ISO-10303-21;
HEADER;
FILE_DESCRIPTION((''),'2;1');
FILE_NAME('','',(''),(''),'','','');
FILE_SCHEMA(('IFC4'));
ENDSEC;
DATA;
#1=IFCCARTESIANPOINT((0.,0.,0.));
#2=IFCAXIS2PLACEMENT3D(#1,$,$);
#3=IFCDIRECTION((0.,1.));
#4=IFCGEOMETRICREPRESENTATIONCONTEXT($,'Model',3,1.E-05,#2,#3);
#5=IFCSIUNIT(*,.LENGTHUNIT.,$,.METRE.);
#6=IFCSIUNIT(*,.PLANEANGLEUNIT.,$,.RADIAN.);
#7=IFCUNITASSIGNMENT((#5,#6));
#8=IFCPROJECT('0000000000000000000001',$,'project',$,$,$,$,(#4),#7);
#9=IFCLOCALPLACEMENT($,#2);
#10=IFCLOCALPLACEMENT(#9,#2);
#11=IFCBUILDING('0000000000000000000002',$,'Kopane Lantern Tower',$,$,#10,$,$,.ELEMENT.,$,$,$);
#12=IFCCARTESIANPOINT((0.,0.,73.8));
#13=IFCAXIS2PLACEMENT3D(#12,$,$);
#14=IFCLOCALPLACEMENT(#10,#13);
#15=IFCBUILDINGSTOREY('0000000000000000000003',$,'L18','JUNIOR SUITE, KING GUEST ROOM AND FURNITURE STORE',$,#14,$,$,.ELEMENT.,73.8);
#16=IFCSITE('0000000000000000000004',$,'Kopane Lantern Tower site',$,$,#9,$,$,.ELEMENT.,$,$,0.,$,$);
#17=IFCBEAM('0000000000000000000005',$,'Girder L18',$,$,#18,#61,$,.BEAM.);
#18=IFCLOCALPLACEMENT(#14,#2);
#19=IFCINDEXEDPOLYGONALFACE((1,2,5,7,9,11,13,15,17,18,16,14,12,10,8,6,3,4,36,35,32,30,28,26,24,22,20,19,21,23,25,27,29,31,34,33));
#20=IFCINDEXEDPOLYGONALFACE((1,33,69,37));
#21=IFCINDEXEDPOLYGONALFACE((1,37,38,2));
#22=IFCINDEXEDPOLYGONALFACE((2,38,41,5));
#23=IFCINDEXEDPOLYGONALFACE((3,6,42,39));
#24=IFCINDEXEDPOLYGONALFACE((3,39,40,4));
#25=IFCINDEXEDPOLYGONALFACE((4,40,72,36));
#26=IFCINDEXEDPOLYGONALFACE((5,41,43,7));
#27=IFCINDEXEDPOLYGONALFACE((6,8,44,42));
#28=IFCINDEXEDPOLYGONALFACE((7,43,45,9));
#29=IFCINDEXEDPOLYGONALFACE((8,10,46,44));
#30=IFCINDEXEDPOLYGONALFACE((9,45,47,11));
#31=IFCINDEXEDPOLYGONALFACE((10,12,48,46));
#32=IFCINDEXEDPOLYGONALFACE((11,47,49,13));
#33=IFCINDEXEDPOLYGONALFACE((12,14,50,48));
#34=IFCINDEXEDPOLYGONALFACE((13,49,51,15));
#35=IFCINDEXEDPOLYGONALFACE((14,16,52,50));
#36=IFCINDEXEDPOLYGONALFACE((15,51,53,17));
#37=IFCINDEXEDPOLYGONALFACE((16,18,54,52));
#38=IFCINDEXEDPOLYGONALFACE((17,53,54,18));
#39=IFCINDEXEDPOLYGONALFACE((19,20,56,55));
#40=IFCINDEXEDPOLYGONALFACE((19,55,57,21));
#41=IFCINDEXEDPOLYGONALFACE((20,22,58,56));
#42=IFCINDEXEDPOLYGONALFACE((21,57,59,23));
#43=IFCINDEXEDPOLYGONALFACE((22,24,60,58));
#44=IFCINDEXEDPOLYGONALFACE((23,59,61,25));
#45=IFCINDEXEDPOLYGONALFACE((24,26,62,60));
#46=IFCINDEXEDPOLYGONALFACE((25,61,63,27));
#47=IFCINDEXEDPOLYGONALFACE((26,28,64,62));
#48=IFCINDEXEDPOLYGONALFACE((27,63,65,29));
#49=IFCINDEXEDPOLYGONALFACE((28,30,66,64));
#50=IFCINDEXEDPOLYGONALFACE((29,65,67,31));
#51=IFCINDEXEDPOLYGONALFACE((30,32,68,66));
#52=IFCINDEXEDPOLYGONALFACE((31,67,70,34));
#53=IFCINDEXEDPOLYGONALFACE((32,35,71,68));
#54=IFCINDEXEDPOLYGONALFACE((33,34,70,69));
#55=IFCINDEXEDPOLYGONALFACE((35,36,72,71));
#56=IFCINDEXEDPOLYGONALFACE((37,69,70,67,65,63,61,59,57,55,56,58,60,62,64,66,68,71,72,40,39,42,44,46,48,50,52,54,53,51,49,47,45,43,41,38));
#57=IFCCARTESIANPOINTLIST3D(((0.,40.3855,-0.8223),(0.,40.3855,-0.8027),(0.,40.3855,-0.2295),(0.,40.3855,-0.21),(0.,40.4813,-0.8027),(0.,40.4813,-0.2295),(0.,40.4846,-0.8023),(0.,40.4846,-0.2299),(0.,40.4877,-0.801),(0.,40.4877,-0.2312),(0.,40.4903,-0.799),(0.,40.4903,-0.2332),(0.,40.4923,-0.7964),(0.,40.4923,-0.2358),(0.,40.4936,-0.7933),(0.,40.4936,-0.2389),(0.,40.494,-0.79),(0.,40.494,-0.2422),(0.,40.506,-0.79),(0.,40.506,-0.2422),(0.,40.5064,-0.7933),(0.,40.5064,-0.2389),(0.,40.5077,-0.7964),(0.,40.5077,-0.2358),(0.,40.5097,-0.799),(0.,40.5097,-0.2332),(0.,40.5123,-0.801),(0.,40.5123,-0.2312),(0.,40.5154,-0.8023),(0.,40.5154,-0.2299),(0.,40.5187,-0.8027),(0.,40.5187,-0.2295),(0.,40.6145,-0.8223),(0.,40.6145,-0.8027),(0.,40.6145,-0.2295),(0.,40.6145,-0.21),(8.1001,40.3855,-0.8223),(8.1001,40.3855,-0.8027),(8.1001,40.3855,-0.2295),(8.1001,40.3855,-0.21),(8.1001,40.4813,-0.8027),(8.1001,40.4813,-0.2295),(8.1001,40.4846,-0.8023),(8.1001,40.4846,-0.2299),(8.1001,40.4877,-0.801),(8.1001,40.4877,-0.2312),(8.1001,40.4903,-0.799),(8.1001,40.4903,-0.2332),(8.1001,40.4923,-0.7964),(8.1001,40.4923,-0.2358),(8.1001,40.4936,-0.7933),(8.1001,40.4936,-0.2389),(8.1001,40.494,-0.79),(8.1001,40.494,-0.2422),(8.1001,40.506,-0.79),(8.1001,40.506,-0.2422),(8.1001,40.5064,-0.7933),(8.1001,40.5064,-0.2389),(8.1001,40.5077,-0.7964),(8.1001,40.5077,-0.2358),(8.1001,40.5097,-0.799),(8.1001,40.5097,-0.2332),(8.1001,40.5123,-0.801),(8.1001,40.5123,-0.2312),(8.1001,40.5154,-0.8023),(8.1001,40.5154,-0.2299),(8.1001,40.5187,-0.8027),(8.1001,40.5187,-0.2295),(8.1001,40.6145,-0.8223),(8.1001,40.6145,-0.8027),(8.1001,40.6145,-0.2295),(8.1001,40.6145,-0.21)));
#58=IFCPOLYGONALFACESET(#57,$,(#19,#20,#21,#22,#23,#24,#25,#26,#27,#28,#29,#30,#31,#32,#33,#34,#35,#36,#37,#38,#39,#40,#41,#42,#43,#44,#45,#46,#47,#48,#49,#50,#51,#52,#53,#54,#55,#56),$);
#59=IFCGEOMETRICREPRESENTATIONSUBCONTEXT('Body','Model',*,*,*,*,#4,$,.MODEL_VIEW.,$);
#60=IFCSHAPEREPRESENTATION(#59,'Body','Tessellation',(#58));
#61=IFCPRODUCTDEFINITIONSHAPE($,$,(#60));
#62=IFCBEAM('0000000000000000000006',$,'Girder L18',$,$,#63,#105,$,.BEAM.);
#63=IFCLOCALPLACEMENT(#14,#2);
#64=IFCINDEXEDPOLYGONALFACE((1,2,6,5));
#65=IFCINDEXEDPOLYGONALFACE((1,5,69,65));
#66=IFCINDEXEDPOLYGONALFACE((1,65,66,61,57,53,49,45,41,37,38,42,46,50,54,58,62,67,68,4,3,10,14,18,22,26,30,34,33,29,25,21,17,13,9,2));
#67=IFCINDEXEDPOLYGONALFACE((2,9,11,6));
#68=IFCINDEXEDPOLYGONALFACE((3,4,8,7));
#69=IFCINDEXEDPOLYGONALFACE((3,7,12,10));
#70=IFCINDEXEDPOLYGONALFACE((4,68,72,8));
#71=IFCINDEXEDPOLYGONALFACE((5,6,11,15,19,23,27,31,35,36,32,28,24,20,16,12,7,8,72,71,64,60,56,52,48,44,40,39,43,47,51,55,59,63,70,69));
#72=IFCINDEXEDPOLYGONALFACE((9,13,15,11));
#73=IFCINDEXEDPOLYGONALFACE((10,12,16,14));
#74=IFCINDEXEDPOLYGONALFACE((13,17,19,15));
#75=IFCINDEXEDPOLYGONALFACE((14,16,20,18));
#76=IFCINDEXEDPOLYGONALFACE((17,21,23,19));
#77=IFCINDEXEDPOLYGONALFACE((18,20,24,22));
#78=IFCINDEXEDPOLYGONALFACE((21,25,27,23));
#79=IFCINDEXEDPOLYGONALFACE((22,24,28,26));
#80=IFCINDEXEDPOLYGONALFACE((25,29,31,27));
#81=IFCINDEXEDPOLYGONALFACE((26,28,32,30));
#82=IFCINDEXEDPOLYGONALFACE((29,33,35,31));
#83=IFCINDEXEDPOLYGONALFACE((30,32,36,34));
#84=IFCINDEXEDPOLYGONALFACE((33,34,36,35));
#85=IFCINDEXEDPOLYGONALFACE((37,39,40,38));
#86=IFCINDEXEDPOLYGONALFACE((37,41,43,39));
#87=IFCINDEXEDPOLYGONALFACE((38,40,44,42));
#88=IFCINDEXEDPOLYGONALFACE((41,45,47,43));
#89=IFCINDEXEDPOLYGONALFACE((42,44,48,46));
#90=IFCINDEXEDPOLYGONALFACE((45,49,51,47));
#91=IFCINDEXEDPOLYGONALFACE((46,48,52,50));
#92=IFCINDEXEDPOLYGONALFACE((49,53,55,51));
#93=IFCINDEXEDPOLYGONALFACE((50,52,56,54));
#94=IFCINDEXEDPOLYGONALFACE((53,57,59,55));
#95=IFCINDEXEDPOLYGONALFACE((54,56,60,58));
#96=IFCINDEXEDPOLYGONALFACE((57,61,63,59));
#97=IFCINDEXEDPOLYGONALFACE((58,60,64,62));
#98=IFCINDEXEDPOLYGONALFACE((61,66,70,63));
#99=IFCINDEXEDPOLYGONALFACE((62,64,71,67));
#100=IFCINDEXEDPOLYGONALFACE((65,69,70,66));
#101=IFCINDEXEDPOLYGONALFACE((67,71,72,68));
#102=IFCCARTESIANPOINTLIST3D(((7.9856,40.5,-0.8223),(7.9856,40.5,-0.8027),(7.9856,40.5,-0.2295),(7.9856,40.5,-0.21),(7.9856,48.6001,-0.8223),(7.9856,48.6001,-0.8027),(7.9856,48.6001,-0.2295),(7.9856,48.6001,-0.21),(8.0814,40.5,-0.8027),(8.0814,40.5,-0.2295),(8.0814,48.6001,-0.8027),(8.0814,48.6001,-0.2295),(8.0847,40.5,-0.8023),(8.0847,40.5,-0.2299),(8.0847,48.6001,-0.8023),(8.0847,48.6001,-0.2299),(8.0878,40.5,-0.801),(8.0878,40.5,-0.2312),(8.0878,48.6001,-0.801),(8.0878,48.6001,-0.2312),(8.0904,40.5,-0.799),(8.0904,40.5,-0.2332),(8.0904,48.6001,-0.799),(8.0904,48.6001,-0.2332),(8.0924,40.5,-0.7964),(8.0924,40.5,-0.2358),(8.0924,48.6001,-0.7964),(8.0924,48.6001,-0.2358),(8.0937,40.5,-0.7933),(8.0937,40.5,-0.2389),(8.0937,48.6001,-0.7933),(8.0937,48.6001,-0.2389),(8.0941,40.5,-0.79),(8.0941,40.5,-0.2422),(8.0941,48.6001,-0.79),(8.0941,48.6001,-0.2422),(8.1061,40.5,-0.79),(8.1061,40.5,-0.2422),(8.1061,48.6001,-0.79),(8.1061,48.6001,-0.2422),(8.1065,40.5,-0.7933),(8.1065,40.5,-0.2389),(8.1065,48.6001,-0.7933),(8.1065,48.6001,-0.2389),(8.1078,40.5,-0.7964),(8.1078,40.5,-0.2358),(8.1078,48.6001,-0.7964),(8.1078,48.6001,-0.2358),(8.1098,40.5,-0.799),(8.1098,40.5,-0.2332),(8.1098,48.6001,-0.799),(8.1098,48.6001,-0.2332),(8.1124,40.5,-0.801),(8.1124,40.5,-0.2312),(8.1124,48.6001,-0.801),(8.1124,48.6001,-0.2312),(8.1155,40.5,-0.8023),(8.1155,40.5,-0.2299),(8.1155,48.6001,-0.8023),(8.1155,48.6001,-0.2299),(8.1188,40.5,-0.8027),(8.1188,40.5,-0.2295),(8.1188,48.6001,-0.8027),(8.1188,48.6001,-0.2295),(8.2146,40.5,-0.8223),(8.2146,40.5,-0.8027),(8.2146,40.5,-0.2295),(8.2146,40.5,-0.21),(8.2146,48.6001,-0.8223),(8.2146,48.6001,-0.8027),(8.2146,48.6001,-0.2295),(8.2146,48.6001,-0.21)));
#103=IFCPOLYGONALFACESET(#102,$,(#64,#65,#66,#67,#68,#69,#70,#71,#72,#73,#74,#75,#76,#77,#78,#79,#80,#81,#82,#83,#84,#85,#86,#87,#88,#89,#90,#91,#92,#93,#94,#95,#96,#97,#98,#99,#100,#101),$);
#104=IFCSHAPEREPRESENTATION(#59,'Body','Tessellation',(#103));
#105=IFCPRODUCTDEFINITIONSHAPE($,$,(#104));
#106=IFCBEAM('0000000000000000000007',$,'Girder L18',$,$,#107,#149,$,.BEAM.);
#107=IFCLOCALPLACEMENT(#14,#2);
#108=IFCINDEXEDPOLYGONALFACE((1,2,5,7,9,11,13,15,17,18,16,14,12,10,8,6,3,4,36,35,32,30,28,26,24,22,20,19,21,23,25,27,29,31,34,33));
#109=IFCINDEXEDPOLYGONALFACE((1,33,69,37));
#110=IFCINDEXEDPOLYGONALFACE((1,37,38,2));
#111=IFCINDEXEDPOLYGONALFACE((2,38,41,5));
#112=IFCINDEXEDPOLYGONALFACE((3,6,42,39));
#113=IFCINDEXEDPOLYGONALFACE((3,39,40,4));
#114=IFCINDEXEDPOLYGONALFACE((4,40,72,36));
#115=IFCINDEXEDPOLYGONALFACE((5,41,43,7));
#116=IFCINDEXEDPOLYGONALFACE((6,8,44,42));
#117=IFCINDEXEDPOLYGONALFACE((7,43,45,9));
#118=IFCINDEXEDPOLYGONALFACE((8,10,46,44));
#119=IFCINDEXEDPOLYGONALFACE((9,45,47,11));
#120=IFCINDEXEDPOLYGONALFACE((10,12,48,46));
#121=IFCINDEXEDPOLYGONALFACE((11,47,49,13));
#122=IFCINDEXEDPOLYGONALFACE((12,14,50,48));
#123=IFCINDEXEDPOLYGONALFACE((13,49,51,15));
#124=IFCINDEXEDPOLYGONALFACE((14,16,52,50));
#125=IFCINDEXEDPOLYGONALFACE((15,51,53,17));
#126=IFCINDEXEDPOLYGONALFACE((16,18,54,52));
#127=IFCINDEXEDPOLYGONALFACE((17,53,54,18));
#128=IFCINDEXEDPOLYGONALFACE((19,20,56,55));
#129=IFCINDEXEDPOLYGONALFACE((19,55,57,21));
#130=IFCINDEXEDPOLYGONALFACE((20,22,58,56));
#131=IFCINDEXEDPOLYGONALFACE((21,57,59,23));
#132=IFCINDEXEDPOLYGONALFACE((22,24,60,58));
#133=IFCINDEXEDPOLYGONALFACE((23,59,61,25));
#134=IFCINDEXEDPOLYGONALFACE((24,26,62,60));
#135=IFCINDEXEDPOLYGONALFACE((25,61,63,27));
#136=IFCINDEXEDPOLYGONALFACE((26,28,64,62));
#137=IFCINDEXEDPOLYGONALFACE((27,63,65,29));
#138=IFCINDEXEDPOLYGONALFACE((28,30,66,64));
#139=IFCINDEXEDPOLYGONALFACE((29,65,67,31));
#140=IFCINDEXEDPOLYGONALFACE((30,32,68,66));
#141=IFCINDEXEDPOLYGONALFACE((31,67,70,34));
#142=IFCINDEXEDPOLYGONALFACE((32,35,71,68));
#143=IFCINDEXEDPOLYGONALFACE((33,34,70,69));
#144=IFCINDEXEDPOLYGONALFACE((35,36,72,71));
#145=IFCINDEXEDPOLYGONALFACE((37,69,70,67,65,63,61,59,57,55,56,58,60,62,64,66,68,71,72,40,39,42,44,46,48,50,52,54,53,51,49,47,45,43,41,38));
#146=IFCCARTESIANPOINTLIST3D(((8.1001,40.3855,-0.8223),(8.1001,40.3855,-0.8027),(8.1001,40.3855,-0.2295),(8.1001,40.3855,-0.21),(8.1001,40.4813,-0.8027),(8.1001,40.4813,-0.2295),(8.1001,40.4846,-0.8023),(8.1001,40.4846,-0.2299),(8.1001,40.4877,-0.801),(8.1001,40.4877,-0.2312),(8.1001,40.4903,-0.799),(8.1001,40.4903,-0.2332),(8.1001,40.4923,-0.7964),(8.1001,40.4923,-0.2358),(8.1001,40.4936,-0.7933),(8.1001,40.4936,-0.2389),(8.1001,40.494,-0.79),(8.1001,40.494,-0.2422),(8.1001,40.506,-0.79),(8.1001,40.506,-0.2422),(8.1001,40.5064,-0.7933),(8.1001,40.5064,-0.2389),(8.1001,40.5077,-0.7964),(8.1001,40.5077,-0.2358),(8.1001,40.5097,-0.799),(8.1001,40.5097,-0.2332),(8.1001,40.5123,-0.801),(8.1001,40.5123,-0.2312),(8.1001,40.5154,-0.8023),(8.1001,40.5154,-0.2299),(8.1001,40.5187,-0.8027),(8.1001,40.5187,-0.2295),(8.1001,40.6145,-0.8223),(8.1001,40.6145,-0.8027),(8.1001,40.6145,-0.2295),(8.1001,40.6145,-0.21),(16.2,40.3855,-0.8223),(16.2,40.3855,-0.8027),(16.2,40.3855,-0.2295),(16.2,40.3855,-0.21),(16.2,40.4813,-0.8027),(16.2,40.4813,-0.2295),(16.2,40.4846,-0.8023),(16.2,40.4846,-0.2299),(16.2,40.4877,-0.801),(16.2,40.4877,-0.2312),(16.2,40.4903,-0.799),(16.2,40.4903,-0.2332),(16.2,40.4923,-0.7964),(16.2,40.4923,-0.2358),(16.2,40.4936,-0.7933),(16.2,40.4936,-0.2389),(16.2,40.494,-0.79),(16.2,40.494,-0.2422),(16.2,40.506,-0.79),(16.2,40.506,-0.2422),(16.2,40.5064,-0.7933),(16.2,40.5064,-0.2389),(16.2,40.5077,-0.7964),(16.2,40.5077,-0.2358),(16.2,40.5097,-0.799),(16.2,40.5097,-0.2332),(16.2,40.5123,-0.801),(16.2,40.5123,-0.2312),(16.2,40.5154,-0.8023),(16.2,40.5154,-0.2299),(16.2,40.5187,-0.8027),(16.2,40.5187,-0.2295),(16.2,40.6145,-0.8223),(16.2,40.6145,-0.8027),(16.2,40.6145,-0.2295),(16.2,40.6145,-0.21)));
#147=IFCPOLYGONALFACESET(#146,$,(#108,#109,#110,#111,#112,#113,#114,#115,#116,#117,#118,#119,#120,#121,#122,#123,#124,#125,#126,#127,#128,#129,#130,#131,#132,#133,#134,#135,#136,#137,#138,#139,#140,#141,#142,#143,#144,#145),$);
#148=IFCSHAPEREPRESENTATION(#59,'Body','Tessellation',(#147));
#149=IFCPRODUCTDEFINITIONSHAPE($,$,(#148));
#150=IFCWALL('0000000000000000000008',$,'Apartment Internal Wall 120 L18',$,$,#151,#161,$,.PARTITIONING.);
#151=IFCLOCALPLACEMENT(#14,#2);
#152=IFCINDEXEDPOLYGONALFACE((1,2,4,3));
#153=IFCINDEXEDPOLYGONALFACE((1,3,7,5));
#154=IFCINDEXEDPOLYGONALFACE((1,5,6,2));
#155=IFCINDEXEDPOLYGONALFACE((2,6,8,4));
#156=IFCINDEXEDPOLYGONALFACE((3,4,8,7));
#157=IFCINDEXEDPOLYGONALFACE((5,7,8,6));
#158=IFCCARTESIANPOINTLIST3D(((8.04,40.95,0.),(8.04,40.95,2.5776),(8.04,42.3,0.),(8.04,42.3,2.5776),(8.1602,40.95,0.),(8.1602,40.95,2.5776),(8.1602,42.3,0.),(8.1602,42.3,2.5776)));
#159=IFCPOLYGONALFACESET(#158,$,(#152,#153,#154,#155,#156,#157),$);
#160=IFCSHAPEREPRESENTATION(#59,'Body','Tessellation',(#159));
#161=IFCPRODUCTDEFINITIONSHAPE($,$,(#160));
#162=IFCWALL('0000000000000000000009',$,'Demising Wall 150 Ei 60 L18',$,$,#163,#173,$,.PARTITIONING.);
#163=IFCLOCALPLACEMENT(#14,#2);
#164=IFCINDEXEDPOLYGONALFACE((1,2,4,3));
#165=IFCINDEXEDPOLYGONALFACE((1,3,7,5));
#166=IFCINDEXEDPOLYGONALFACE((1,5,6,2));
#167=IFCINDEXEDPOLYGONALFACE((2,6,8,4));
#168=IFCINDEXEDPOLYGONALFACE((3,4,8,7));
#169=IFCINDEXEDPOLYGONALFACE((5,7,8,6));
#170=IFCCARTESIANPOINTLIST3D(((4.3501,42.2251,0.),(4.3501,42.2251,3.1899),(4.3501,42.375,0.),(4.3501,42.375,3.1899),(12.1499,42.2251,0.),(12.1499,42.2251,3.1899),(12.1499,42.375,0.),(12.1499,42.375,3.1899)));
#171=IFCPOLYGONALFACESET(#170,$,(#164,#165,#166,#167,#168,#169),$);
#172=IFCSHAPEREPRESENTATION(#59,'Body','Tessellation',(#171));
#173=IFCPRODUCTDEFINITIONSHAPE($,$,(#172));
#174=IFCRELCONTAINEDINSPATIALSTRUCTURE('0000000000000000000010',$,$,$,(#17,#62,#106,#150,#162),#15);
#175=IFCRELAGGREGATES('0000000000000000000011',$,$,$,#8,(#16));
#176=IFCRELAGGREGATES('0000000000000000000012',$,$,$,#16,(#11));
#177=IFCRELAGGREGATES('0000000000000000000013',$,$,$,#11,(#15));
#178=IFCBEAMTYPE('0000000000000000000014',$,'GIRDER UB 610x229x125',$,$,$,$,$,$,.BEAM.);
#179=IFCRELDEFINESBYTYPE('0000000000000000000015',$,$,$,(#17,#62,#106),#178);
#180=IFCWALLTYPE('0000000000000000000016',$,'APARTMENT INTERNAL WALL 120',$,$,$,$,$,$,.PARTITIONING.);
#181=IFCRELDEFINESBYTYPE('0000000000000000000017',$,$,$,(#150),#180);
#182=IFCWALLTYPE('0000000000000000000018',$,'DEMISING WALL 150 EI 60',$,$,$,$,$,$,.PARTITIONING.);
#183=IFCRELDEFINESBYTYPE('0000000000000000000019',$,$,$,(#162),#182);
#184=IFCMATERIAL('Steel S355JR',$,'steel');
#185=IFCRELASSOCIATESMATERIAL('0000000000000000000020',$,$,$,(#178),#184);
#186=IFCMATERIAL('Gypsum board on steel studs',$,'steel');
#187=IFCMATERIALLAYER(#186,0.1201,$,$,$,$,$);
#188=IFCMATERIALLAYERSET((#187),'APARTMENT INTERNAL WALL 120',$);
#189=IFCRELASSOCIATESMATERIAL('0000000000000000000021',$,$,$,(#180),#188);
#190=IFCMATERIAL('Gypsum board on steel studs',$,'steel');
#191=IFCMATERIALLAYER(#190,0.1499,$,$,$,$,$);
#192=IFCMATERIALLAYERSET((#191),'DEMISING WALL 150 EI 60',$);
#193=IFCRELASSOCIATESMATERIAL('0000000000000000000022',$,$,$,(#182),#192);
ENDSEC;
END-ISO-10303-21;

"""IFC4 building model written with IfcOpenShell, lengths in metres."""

from ifc_helpers import new_model, si_unit, direction, frame, frame_2d, origin, origin_2d, place, context, subcontext, project, spatial, rectangle, i_section, extrude, material, layer, layer_set, material_profile, profile_set, type_object, element, save


model = new_model("IFC4")

# Units and contexts
model_context = context("Model", 3, precision=1e-05, world=origin(), true_north=direction((0.0, 1.0)))
body_context = subcontext(model_context, "Body", "Model", "MODEL_VIEW")
ifc_project = project(units=[si_unit("LENGTHUNIT", "METRE"), si_unit("PLANEANGLEUNIT", "RADIAN")], contexts=[model_context])

# Site, building, storey
site_placement = place(None, origin())
site = spatial("IfcSite", under=ifc_project, at=site_placement, Name="Kopane Lantern Tower site", CompositionType="ELEMENT", RefElevation=0.0)
building_placement = place(site_placement, origin())
building = spatial("IfcBuilding", under=site, at=building_placement, Name="Kopane Lantern Tower", CompositionType="ELEMENT")
storey_placement = place(building_placement, frame((0.0, 0.0, 73.8)))
storey = spatial("IfcBuildingStorey", under=building, at=storey_placement, Name="L18", Description="JUNIOR SUITE, KING GUEST ROOM AND FURNITURE STORE", CompositionType="ELEMENT", Elevation=73.8)

# Beams
ifc_material_1 = material(Name="Steel S355JR", Category="steel")
ifc_material_profile_1 = material_profile(ifc_material_1, i_section(OverallWidth=0.229, OverallDepth=0.6123, WebThickness=0.012, FlangeThickness=0.0195, FilletRadius=0.0127, at=origin_2d()), Name="UB 610x229x125")
ifc_profile_set_1 = profile_set([ifc_material_profile_1], Name="Steel S355JR")
beam_type_1 = type_object("IfcBeamType", Name="GIRDER UB 610x229x125", PredefinedType="BEAM", material=ifc_profile_set_1)
for number, where, z_axis, x_axis, name in (
    (1, (0.0, 40.5, -0.5161), (1.0, 0.0, 0.0), (0.0, 1.0, 0.0), "Girder L18"),
    (2, (8.1001, 40.5, -0.5161), (0.0, 1.0, 0.0), (-1.0, 0.0, 0.0), "Girder L18"),
):
    element("IfcBeam", number, at=place(storey_placement, frame(where, z_axis=z_axis, x_axis=x_axis)), inside=storey, type_object=beam_type_1, Name=name, PredefinedType="BEAM", context=body_context, shape_type="SweptSolid", body=[
        extrude(i_section(OverallWidth=0.229, OverallDepth=0.6123, WebThickness=0.012, FlangeThickness=0.0195, FilletRadius=0.0127, at=origin_2d()), origin(), (0.0, 0.0, 1.0), 8.1001),
    ])
beam_1_placement = place(storey_placement, frame((8.1001, 40.5, -0.5161), z_axis=(1.0, 0.0, 0.0), x_axis=(0.0, 1.0, 0.0)))
element("IfcBeam", 3, at=beam_1_placement, inside=storey, type_object=beam_type_1, Name="Girder L18", PredefinedType="BEAM", context=body_context, shape_type="SweptSolid", body=[
    extrude(i_section(OverallWidth=0.229, OverallDepth=0.6123, WebThickness=0.012, FlangeThickness=0.0195, FilletRadius=0.0127, at=origin_2d()), origin(), (0.0, 0.0, 1.0), 8.0999),
])

# Walls
ifc_material_2 = material(Name="Gypsum board on steel studs", Category="steel")
ifc_layer_1 = layer(ifc_material_2, 0.1201)
ifc_layer_set_1 = layer_set([ifc_layer_1], Name="APARTMENT INTERNAL WALL 120")
wall_type_1 = type_object("IfcWallType", Name="APARTMENT INTERNAL WALL 120", PredefinedType="PARTITIONING", material=ifc_layer_set_1)
wall_1_placement = place(storey_placement, frame((8.1001, 42.3, 0.0), z_axis=(0.0, 0.0, 1.0), x_axis=(0.0, -1.0, 0.0)))
element("IfcWall", 4, at=wall_1_placement, inside=storey, type_object=wall_type_1, Name="Apartment Internal Wall 120 L18", PredefinedType="PARTITIONING", context=body_context, shape_type="SweptSolid", body=[
    extrude(rectangle(XDim=1.3501, YDim=0.1201, at=frame_2d((0.675, 0.0))), origin(), (0.0, 0.0, 1.0), 2.5776),
])
ifc_material_3 = material(Name="Gypsum board on steel studs", Category="steel")
ifc_layer_2 = layer(ifc_material_3, 0.1499)
ifc_layer_set_2 = layer_set([ifc_layer_2], Name="DEMISING WALL 150 EI 60")
wall_type_2 = type_object("IfcWallType", Name="DEMISING WALL 150 EI 60", PredefinedType="PARTITIONING", material=ifc_layer_set_2)
wall_2_placement = place(storey_placement, frame((4.3501, 42.3, 0.0), z_axis=(0.0, 0.0, 1.0), x_axis=(1.0, 0.0, 0.0)))
element("IfcWall", 5, at=wall_2_placement, inside=storey, type_object=wall_type_2, Name="Demising Wall 150 Ei 60 L18", PredefinedType="PARTITIONING", context=body_context, shape_type="SweptSolid", body=[
    extrude(rectangle(XDim=7.7998, YDim=0.1499, at=frame_2d((3.8999, 0.0))), origin(), (0.0, 0.0, 1.0), 3.1899),
])

save(model, "model.ifc")
